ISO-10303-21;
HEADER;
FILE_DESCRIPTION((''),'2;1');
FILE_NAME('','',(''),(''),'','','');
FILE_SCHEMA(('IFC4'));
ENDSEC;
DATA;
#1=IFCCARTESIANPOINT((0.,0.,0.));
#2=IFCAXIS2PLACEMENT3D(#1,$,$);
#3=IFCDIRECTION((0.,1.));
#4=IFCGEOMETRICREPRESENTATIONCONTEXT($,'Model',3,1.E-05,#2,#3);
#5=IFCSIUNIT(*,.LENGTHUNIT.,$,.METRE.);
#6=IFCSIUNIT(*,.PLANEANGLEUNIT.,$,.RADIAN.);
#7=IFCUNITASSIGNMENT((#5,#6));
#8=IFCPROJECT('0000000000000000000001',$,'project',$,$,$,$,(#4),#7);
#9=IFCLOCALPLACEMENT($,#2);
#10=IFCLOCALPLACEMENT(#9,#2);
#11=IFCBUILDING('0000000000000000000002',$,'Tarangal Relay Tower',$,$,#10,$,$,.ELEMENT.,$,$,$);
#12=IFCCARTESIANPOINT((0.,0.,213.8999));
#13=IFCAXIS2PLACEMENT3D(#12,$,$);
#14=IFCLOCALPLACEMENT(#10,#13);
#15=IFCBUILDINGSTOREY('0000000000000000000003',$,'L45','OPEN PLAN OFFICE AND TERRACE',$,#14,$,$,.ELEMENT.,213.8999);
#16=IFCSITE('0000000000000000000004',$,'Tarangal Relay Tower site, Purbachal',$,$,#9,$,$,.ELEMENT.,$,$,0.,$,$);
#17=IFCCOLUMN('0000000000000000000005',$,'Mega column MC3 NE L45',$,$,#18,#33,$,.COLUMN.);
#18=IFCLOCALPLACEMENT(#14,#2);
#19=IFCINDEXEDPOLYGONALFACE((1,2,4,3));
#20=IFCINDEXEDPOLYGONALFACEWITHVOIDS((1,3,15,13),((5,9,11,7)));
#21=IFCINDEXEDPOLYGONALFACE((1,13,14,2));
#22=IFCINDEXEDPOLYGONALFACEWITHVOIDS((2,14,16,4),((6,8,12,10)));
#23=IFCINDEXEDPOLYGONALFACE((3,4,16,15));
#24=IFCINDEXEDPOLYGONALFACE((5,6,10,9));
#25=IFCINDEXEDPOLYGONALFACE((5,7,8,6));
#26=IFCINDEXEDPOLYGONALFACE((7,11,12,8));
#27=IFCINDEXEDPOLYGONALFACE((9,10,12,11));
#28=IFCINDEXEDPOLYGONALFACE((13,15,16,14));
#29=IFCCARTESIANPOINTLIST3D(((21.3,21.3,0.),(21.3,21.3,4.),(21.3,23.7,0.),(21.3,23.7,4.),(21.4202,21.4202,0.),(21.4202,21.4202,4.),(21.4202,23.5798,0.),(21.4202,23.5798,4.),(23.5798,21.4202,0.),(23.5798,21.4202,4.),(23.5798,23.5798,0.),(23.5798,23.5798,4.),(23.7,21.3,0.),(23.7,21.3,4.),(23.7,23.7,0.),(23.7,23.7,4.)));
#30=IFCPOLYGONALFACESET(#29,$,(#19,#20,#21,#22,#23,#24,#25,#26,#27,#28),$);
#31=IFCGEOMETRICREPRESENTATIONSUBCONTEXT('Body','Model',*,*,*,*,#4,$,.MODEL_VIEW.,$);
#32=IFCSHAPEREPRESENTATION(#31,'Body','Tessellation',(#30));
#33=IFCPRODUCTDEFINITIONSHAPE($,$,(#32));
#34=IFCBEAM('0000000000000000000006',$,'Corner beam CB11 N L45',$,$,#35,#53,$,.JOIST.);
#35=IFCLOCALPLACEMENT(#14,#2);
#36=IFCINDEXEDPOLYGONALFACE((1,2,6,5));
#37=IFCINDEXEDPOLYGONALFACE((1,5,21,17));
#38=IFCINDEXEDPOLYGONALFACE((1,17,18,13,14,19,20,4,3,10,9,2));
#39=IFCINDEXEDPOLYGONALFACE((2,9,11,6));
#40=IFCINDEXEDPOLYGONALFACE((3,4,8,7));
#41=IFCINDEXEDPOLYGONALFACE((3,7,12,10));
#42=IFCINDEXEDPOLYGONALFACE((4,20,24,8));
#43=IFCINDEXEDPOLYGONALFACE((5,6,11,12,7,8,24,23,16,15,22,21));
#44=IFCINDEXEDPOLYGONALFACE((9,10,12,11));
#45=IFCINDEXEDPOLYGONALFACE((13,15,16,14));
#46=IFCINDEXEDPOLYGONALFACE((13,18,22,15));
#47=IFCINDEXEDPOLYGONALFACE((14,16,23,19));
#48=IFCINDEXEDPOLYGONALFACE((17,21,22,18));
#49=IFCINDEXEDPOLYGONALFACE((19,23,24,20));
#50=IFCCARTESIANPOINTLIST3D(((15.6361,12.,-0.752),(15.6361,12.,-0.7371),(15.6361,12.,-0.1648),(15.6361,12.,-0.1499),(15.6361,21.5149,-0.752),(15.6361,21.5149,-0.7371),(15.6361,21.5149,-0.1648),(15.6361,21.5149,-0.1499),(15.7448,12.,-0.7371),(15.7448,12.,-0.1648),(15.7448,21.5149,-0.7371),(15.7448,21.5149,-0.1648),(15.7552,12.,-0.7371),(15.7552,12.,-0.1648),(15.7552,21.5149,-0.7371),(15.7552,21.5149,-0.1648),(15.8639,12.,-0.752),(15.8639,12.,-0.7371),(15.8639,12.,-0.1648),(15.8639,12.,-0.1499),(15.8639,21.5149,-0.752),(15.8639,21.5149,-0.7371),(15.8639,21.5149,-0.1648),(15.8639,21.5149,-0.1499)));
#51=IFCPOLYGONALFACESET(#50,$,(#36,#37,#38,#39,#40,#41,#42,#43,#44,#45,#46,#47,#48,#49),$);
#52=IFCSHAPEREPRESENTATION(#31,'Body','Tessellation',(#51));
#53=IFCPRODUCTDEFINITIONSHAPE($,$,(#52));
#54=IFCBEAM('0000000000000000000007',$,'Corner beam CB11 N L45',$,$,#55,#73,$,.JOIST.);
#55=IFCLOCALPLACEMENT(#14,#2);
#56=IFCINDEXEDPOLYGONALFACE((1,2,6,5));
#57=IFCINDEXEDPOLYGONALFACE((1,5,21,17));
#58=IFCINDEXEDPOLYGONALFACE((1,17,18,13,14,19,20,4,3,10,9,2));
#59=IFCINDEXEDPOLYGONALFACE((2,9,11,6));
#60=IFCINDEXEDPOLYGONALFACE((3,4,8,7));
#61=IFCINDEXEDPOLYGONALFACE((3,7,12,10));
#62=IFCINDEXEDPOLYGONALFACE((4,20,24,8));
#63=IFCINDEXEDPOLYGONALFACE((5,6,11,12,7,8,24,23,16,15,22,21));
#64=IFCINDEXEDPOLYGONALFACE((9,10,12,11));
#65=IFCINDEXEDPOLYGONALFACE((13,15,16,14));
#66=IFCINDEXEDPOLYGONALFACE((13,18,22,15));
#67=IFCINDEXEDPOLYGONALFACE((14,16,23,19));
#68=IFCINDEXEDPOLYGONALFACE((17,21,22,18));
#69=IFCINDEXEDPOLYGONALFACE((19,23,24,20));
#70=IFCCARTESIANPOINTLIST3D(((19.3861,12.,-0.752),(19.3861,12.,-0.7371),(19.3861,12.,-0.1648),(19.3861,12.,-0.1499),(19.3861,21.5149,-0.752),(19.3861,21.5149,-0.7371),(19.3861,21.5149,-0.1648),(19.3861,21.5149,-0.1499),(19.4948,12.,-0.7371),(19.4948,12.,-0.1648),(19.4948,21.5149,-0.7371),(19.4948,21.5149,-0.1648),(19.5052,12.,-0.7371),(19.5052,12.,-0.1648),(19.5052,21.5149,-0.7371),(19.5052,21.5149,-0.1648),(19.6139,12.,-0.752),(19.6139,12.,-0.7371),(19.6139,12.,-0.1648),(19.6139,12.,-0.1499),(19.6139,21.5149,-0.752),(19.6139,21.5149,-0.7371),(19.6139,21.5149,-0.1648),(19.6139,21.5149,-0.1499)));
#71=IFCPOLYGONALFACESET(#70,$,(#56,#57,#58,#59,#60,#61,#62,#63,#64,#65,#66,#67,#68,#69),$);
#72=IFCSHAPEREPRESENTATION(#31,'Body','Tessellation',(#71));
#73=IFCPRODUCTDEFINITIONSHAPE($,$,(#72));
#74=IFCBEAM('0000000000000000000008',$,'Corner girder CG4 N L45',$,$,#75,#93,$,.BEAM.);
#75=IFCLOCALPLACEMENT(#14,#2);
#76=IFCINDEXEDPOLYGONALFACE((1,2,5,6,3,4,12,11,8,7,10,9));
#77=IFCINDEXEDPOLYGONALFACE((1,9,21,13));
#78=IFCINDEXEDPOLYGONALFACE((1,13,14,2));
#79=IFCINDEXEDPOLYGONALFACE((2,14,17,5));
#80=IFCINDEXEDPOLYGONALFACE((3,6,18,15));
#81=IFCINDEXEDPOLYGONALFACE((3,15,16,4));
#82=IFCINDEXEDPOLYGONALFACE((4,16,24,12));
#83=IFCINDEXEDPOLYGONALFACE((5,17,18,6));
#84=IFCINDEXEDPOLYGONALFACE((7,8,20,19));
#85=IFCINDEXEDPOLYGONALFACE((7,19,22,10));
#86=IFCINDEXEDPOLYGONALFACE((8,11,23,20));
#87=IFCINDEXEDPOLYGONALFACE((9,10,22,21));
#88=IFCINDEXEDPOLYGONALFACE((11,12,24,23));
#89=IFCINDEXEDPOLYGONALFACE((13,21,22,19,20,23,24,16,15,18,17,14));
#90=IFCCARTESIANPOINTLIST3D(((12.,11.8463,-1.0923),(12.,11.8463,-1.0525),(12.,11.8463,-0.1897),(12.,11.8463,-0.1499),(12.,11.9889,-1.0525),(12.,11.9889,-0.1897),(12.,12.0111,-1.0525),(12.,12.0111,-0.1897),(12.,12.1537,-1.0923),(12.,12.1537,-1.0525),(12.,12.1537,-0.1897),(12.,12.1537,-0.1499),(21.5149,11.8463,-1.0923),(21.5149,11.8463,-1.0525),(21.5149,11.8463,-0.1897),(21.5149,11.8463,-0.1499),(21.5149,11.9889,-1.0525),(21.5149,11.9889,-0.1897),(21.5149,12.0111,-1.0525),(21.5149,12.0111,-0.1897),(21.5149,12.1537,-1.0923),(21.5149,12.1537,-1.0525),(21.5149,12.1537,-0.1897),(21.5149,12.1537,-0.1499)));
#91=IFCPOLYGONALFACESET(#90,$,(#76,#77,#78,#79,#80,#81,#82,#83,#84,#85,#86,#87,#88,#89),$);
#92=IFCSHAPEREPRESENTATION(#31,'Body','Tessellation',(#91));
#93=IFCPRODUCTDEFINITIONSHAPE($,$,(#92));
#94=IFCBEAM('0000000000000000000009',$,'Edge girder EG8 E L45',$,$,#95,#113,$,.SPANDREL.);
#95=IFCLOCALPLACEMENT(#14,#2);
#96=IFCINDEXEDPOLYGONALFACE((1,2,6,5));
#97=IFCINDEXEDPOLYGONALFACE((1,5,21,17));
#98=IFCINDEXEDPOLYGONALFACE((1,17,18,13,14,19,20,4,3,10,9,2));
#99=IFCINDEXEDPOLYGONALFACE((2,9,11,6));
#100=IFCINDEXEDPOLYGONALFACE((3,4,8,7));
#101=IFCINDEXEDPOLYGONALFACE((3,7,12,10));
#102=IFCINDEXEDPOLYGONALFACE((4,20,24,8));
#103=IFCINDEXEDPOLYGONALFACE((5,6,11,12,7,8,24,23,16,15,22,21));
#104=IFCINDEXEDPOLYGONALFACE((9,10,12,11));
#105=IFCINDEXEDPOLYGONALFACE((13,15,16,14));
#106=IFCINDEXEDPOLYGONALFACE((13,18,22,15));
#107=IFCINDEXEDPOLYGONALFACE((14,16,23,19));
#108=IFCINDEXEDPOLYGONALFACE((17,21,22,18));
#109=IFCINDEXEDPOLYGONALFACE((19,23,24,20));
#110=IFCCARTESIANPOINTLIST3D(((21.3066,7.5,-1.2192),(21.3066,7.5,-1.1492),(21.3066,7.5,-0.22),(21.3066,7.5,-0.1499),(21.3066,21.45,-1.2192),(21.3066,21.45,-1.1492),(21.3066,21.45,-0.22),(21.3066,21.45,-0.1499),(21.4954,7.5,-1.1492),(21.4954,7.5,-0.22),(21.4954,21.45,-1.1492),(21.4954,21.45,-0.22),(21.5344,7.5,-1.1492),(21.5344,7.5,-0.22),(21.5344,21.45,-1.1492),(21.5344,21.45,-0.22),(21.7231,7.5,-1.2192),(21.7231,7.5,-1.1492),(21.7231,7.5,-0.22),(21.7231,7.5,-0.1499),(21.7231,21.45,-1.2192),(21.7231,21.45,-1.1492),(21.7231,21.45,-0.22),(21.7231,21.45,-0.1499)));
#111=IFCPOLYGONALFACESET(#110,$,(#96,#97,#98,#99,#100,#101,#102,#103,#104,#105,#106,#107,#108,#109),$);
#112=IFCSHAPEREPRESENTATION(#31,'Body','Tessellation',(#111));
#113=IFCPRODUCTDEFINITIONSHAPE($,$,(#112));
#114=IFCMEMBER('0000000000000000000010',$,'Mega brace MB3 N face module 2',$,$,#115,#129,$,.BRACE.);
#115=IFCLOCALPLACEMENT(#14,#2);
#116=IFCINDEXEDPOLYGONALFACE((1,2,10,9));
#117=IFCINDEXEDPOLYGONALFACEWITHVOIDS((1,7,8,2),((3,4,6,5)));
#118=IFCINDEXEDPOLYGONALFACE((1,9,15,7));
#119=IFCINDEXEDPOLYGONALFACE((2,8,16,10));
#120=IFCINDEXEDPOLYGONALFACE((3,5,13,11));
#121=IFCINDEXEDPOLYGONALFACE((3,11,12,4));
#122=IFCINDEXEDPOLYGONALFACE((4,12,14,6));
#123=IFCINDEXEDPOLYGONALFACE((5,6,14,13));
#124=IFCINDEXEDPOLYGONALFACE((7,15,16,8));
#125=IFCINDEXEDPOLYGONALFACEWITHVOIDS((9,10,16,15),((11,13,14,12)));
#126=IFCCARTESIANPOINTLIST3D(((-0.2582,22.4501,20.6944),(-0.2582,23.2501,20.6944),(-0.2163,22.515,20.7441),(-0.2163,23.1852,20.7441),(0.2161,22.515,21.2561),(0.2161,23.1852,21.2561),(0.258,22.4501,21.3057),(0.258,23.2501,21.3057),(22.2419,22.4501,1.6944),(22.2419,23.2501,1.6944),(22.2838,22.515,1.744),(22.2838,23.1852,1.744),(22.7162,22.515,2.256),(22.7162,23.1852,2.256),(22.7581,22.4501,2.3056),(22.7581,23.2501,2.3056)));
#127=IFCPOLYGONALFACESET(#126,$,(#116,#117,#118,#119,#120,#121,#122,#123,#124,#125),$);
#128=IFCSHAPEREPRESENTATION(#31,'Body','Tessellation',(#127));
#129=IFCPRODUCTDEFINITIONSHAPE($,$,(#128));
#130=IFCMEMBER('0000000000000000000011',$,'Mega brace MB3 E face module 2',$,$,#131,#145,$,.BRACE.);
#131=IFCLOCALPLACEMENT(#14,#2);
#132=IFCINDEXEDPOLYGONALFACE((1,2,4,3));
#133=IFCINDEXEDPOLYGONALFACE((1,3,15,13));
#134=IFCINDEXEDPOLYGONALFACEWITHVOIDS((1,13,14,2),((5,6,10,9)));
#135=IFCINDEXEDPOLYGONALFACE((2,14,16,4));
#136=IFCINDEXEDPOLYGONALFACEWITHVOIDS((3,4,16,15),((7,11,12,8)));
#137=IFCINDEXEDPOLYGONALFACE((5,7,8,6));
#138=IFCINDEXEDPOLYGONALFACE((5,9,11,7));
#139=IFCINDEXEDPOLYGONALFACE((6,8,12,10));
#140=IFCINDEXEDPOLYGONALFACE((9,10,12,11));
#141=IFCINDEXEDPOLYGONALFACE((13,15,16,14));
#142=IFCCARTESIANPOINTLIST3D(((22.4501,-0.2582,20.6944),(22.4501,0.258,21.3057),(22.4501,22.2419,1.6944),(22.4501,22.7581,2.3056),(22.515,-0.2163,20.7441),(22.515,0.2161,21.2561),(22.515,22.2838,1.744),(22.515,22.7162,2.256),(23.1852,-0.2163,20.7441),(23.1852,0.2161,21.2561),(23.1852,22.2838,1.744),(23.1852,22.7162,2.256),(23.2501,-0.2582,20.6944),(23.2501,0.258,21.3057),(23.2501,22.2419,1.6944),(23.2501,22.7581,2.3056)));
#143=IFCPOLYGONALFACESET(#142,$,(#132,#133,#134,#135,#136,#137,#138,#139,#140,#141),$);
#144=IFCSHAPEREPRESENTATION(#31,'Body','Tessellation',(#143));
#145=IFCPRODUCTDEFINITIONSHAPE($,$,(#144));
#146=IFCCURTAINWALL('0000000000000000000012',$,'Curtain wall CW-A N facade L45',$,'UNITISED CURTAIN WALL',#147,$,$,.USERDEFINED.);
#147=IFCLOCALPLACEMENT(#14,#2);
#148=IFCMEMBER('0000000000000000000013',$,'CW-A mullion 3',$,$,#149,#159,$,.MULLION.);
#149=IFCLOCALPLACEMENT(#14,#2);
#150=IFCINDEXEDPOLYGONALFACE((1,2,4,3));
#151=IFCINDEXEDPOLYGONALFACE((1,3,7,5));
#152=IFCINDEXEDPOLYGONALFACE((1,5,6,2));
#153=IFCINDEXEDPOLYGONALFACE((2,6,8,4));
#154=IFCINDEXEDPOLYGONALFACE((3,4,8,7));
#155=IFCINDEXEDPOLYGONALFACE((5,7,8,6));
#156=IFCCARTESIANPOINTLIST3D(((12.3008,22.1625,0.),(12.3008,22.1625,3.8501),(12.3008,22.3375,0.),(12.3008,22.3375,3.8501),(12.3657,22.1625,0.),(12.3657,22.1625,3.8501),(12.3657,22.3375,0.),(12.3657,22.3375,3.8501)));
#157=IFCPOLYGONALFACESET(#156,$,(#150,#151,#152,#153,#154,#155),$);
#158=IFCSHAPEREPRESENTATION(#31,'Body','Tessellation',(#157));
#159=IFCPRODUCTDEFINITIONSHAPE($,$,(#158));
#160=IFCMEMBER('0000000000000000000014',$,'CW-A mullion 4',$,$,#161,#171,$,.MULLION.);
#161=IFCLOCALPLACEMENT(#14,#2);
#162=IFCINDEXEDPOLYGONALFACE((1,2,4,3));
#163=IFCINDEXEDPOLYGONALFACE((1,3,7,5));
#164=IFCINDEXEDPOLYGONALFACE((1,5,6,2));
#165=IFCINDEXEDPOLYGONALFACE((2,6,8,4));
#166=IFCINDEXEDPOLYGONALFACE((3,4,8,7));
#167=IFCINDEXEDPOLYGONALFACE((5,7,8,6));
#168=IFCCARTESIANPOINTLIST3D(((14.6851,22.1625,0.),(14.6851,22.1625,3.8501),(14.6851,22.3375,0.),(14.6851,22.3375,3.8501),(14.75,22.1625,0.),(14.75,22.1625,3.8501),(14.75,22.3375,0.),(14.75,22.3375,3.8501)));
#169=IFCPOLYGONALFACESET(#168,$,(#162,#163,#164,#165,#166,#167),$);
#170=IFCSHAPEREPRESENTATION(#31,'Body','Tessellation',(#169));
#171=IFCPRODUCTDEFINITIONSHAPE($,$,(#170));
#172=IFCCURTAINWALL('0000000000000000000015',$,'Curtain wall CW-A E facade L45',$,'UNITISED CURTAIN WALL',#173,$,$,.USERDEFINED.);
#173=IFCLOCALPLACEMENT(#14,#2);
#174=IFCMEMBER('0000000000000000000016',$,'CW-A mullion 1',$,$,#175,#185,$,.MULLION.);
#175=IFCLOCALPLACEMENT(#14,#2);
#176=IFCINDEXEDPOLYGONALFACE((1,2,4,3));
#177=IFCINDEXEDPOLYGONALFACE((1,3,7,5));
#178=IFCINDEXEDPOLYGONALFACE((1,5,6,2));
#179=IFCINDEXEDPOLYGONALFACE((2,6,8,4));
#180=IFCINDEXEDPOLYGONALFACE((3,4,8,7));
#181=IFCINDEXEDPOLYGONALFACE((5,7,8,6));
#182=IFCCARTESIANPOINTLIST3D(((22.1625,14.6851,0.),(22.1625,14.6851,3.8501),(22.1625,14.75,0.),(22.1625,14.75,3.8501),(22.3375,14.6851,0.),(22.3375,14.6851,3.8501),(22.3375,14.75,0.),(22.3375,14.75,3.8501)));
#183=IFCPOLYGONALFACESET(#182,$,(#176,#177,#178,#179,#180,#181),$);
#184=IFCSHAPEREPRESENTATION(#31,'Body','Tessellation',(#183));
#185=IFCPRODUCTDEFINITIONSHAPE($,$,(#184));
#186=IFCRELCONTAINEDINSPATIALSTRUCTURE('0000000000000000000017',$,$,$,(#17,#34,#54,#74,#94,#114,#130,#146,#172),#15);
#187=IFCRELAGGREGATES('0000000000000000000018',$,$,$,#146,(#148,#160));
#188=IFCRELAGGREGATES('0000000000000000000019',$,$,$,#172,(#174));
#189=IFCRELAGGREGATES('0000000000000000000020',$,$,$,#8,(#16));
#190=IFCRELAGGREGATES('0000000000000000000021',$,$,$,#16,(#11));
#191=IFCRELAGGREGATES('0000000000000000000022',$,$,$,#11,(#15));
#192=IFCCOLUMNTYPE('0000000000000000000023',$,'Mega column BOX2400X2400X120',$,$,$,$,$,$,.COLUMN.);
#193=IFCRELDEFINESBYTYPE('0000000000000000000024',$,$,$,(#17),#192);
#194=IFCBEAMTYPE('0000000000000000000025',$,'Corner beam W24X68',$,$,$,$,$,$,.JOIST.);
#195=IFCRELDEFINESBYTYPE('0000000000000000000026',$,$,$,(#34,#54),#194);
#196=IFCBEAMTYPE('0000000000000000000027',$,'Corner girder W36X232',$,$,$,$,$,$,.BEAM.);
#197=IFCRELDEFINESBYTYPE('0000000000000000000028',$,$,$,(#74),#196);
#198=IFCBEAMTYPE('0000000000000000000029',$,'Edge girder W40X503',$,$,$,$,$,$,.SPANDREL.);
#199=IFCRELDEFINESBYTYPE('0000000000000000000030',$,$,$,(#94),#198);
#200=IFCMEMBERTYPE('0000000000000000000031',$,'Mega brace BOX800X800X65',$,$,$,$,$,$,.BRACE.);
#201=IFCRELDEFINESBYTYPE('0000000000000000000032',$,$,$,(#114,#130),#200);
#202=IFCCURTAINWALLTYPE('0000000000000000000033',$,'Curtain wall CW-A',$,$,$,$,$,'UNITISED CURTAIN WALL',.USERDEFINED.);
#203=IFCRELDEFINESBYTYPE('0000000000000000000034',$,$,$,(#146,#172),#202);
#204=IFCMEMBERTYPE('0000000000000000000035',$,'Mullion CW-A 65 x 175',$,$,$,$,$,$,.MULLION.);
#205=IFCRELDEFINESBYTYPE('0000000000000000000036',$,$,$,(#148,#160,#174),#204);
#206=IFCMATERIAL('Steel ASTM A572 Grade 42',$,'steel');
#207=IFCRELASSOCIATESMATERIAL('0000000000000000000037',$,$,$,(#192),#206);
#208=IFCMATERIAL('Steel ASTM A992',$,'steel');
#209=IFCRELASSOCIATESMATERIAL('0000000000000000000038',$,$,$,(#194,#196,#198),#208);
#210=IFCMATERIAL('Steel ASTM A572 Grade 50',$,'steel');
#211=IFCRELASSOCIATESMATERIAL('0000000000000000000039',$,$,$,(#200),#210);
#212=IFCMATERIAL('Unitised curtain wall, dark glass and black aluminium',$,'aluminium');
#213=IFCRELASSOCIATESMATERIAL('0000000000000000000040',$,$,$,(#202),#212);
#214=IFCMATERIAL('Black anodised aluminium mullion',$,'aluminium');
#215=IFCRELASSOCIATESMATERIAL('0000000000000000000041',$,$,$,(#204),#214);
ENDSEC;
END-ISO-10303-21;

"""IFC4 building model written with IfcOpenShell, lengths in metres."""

from ifc_helpers import new_model, si_unit, direction, frame, origin, origin_2d, place, context, subcontext, project, spatial, rectangle, hollow_rectangle, i_section, extrude, material, material_profile, profile_set, type_object, element, aggregate, save


model = new_model("IFC4")

# Units and contexts
model_context = context("Model", 3, precision=1e-05, world=origin(), true_north=direction((0.0, 1.0)))
body_context = subcontext(model_context, "Body", "Model", "MODEL_VIEW")
ifc_project = project(units=[si_unit("LENGTHUNIT", "METRE"), si_unit("PLANEANGLEUNIT", "RADIAN")], contexts=[model_context])

# Site, building, storey
site_placement = place(None, origin())
site = spatial("IfcSite", under=ifc_project, at=site_placement, Name="Tarangal Relay Tower site, Purbachal", CompositionType="ELEMENT", RefElevation=0.0)
building_placement = place(site_placement, origin())
building = spatial("IfcBuilding", under=site, at=building_placement, Name="Tarangal Relay Tower", CompositionType="ELEMENT")
storey_placement = place(building_placement, frame((0.0, 0.0, 213.8999)))
storey = spatial("IfcBuildingStorey", under=building, at=storey_placement, Name="L45", Description="OPEN PLAN OFFICE AND TERRACE", CompositionType="ELEMENT", Elevation=213.8999)

# Column
ifc_material_1 = material(Name="Steel ASTM A572 Grade 42", Category="steel")
ifc_material_profile_1 = material_profile(ifc_material_1, hollow_rectangle(XDim=2.3999, YDim=2.3999, WallThickness=0.1201, at=origin_2d()), Name="BOX2400X2400X120")
ifc_profile_set_1 = profile_set([ifc_material_profile_1], Name="Steel ASTM A572 Grade 42")
column_type = type_object("IfcColumnType", Name="Mega column BOX2400X2400X120", PredefinedType="COLUMN", material=ifc_profile_set_1)
column_placement = place(storey_placement, frame((22.5, 22.5, 0.0), z_axis=(0.0, 0.0, 1.0), x_axis=(1.0, 0.0, 0.0)))
element("IfcColumn", 1, at=column_placement, inside=storey, type_object=column_type, Name="Mega column MC3 NE L45", PredefinedType="COLUMN", context=body_context, shape_type="SweptSolid", body=[
    extrude(hollow_rectangle(XDim=2.3999, YDim=2.3999, WallThickness=0.1201, at=origin_2d()), origin(), (0.0, 0.0, 1.0), 4.0),
])

# Beams
ifc_material_2 = material(Name="Steel ASTM A992", Category="steel")
ifc_material_profile_2 = material_profile(ifc_material_2, i_section(OverallWidth=0.2278, OverallDepth=0.6021, WebThickness=0.0105, FlangeThickness=0.0149, at=origin_2d()), Name="W24X68")
ifc_profile_set_2 = profile_set([ifc_material_profile_2], Name="Steel ASTM A992")
beam_type_1 = type_object("IfcBeamType", Name="Corner beam W24X68", PredefinedType="JOIST", material=ifc_profile_set_2)
for number, where, z_axis, x_axis, name in (
    (2, (15.75, 12.0, -0.4509), (0.0, 1.0, 0.0), (-1.0, 0.0, 0.0), "Corner beam CB11 N L45"),
    (3, (19.5, 12.0, -0.4509), (0.0, 1.0, 0.0), (-1.0, 0.0, 0.0), "Corner beam CB11 N L45"),
):
    element("IfcBeam", number, at=place(storey_placement, frame(where, z_axis=z_axis, x_axis=x_axis)), inside=storey, type_object=beam_type_1, Name=name, PredefinedType="JOIST", context=body_context, shape_type="SweptSolid", body=[
        extrude(i_section(OverallWidth=0.2278, OverallDepth=0.6021, WebThickness=0.0105, FlangeThickness=0.0149, at=origin_2d()), origin(), (0.0, 0.0, 1.0), 9.5149),
    ])
ifc_material_profile_3 = material_profile(ifc_material_2, i_section(OverallWidth=0.3074, OverallDepth=0.9424, WebThickness=0.0222, FlangeThickness=0.0398, at=origin_2d()), Name="W36X232")
ifc_profile_set_3 = profile_set([ifc_material_profile_3], Name="Steel ASTM A992")
beam_type_2 = type_object("IfcBeamType", Name="Corner girder W36X232", PredefinedType="BEAM", material=ifc_profile_set_3)
beam_1_placement = place(storey_placement, frame((12.0, 12.0, -0.6211), z_axis=(1.0, 0.0, 0.0), x_axis=(0.0, 1.0, 0.0)))
element("IfcBeam", 4, at=beam_1_placement, inside=storey, type_object=beam_type_2, Name="Corner girder CG4 N L45", PredefinedType="BEAM", context=body_context, shape_type="SweptSolid", body=[
    extrude(i_section(OverallWidth=0.3074, OverallDepth=0.9424, WebThickness=0.0222, FlangeThickness=0.0398, at=origin_2d()), origin(), (0.0, 0.0, 1.0), 9.5149),
])
ifc_material_profile_4 = material_profile(ifc_material_2, i_section(OverallWidth=0.4165, OverallDepth=1.0693, WebThickness=0.0391, FlangeThickness=0.0701, at=origin_2d()), Name="W40X503")
ifc_profile_set_4 = profile_set([ifc_material_profile_4], Name="Steel ASTM A992")
beam_type_3 = type_object("IfcBeamType", Name="Edge girder W40X503", PredefinedType="SPANDREL", material=ifc_profile_set_4)
beam_2_placement = place(storey_placement, frame((21.5149, 21.45, -0.6846), z_axis=(0.0, -1.0, 0.0), x_axis=(1.0, 0.0, 0.0)))
element("IfcBeam", 5, at=beam_2_placement, inside=storey, type_object=beam_type_3, Name="Edge girder EG8 E L45", PredefinedType="SPANDREL", context=body_context, shape_type="SweptSolid", body=[
    extrude(i_section(OverallWidth=0.4165, OverallDepth=1.0693, WebThickness=0.0391, FlangeThickness=0.0701, at=origin_2d()), origin(), (0.0, 0.0, 1.0), 13.95),
])

# Members
ifc_material_3 = material(Name="Steel ASTM A572 Grade 50", Category="steel")
ifc_material_profile_5 = material_profile(ifc_material_3, hollow_rectangle(XDim=0.8, YDim=0.8, WallThickness=0.0649, at=origin_2d()), Name="BOX800X800X65")
ifc_profile_set_5 = profile_set([ifc_material_profile_5], Name="Steel ASTM A572 Grade 50")
member_type_1 = type_object("IfcMemberType", Name="Mega brace BOX800X800X65", PredefinedType="BRACE", material=ifc_profile_set_5)
for number, where, z_axis, x_axis, name in (
    (6, (22.5, 22.8501, 2.0), (-0.76403, 0.0, 0.645181), (0.0, -1.0, 0.0), "Mega brace MB3 N face module 2"),
    (7, (22.8501, 22.5, 2.0), (0.0, -0.76403, 0.645181), (1.0, 0.0, 0.0), "Mega brace MB3 E face module 2"),
):
    element("IfcMember", number, at=place(storey_placement, frame(where, z_axis=z_axis, x_axis=x_axis)), inside=storey, type_object=member_type_1, Name=name, PredefinedType="BRACE", context=body_context, shape_type="SweptSolid", body=[
        extrude(hollow_rectangle(XDim=0.8, YDim=0.8, WallThickness=0.0649, at=origin_2d()), origin(), (0.0, 0.0, 1.0), 29.4492),
    ])

# Curtain walls, members
ifc_material_4 = material(Name="Unitised curtain wall, dark glass and black aluminium", Category="aluminium")
curtain_wall_type = type_object("IfcCurtainWallType", Name="Curtain wall CW-A", ElementType="UNITISED CURTAIN WALL", PredefinedType="USERDEFINED", material=ifc_material_4)
curtain_wall_1_placement = place(storey_placement, origin())
curtain_wall_1 = element("IfcCurtainWall", 8, at=curtain_wall_1_placement, inside=storey, type_object=curtain_wall_type, Name="Curtain wall CW-A N facade L45", ObjectType="UNITISED CURTAIN WALL", PredefinedType="USERDEFINED")
ifc_material_5 = material(Name="Black anodised aluminium mullion", Category="aluminium")
ifc_material_profile_6 = material_profile(ifc_material_5, rectangle(XDim=0.175, YDim=0.0649, at=origin_2d()), Name="CW-AM 65X175")
ifc_profile_set_6 = profile_set([ifc_material_profile_6], Name="Black anodised aluminium mullion")
member_type_2 = type_object("IfcMemberType", Name="Mullion CW-A 65 x 175", PredefinedType="MULLION", material=ifc_profile_set_6)
member_1_placement = place(storey_placement, frame((12.3333, 22.25, 0.0), z_axis=(0.0, 0.0, 1.0), x_axis=(0.0, 1.0, 0.0)))
member_1 = element("IfcMember", 9, at=member_1_placement, type_object=member_type_2, Name="CW-A mullion 3", PredefinedType="MULLION", context=body_context, shape_type="SweptSolid", body=[
    extrude(rectangle(XDim=0.175, YDim=0.0649, at=origin_2d()), origin(), (0.0, 0.0, 1.0), 3.8501),
])
member_2_placement = place(storey_placement, frame((14.7175, 22.25, 0.0), z_axis=(0.0, 0.0, 1.0), x_axis=(0.0, 1.0, 0.0)))
member_2 = element("IfcMember", 10, at=member_2_placement, type_object=member_type_2, Name="CW-A mullion 4", PredefinedType="MULLION", context=body_context, shape_type="SweptSolid", body=[
    extrude(rectangle(XDim=0.175, YDim=0.0649, at=origin_2d()), origin(), (0.0, 0.0, 1.0), 3.8501),
])
curtain_wall_2_placement = place(storey_placement, origin())
curtain_wall_2 = element("IfcCurtainWall", 11, at=curtain_wall_2_placement, inside=storey, type_object=curtain_wall_type, Name="Curtain wall CW-A E facade L45", ObjectType="UNITISED CURTAIN WALL", PredefinedType="USERDEFINED")
member_3_placement = place(storey_placement, frame((22.25, 14.7175, 0.0), z_axis=(0.0, 0.0, 1.0), x_axis=(1.0, 0.0, 0.0)))
member_3 = element("IfcMember", 12, at=member_3_placement, type_object=member_type_2, Name="CW-A mullion 1", PredefinedType="MULLION", context=body_context, shape_type="SweptSolid", body=[
    extrude(rectangle(XDim=0.175, YDim=0.0649, at=origin_2d()), origin(), (0.0, 0.0, 1.0), 3.8501),
])

aggregate(curtain_wall_1, [member_1, member_2])
aggregate(curtain_wall_2, [member_3])

save(model, "model.ifc")
